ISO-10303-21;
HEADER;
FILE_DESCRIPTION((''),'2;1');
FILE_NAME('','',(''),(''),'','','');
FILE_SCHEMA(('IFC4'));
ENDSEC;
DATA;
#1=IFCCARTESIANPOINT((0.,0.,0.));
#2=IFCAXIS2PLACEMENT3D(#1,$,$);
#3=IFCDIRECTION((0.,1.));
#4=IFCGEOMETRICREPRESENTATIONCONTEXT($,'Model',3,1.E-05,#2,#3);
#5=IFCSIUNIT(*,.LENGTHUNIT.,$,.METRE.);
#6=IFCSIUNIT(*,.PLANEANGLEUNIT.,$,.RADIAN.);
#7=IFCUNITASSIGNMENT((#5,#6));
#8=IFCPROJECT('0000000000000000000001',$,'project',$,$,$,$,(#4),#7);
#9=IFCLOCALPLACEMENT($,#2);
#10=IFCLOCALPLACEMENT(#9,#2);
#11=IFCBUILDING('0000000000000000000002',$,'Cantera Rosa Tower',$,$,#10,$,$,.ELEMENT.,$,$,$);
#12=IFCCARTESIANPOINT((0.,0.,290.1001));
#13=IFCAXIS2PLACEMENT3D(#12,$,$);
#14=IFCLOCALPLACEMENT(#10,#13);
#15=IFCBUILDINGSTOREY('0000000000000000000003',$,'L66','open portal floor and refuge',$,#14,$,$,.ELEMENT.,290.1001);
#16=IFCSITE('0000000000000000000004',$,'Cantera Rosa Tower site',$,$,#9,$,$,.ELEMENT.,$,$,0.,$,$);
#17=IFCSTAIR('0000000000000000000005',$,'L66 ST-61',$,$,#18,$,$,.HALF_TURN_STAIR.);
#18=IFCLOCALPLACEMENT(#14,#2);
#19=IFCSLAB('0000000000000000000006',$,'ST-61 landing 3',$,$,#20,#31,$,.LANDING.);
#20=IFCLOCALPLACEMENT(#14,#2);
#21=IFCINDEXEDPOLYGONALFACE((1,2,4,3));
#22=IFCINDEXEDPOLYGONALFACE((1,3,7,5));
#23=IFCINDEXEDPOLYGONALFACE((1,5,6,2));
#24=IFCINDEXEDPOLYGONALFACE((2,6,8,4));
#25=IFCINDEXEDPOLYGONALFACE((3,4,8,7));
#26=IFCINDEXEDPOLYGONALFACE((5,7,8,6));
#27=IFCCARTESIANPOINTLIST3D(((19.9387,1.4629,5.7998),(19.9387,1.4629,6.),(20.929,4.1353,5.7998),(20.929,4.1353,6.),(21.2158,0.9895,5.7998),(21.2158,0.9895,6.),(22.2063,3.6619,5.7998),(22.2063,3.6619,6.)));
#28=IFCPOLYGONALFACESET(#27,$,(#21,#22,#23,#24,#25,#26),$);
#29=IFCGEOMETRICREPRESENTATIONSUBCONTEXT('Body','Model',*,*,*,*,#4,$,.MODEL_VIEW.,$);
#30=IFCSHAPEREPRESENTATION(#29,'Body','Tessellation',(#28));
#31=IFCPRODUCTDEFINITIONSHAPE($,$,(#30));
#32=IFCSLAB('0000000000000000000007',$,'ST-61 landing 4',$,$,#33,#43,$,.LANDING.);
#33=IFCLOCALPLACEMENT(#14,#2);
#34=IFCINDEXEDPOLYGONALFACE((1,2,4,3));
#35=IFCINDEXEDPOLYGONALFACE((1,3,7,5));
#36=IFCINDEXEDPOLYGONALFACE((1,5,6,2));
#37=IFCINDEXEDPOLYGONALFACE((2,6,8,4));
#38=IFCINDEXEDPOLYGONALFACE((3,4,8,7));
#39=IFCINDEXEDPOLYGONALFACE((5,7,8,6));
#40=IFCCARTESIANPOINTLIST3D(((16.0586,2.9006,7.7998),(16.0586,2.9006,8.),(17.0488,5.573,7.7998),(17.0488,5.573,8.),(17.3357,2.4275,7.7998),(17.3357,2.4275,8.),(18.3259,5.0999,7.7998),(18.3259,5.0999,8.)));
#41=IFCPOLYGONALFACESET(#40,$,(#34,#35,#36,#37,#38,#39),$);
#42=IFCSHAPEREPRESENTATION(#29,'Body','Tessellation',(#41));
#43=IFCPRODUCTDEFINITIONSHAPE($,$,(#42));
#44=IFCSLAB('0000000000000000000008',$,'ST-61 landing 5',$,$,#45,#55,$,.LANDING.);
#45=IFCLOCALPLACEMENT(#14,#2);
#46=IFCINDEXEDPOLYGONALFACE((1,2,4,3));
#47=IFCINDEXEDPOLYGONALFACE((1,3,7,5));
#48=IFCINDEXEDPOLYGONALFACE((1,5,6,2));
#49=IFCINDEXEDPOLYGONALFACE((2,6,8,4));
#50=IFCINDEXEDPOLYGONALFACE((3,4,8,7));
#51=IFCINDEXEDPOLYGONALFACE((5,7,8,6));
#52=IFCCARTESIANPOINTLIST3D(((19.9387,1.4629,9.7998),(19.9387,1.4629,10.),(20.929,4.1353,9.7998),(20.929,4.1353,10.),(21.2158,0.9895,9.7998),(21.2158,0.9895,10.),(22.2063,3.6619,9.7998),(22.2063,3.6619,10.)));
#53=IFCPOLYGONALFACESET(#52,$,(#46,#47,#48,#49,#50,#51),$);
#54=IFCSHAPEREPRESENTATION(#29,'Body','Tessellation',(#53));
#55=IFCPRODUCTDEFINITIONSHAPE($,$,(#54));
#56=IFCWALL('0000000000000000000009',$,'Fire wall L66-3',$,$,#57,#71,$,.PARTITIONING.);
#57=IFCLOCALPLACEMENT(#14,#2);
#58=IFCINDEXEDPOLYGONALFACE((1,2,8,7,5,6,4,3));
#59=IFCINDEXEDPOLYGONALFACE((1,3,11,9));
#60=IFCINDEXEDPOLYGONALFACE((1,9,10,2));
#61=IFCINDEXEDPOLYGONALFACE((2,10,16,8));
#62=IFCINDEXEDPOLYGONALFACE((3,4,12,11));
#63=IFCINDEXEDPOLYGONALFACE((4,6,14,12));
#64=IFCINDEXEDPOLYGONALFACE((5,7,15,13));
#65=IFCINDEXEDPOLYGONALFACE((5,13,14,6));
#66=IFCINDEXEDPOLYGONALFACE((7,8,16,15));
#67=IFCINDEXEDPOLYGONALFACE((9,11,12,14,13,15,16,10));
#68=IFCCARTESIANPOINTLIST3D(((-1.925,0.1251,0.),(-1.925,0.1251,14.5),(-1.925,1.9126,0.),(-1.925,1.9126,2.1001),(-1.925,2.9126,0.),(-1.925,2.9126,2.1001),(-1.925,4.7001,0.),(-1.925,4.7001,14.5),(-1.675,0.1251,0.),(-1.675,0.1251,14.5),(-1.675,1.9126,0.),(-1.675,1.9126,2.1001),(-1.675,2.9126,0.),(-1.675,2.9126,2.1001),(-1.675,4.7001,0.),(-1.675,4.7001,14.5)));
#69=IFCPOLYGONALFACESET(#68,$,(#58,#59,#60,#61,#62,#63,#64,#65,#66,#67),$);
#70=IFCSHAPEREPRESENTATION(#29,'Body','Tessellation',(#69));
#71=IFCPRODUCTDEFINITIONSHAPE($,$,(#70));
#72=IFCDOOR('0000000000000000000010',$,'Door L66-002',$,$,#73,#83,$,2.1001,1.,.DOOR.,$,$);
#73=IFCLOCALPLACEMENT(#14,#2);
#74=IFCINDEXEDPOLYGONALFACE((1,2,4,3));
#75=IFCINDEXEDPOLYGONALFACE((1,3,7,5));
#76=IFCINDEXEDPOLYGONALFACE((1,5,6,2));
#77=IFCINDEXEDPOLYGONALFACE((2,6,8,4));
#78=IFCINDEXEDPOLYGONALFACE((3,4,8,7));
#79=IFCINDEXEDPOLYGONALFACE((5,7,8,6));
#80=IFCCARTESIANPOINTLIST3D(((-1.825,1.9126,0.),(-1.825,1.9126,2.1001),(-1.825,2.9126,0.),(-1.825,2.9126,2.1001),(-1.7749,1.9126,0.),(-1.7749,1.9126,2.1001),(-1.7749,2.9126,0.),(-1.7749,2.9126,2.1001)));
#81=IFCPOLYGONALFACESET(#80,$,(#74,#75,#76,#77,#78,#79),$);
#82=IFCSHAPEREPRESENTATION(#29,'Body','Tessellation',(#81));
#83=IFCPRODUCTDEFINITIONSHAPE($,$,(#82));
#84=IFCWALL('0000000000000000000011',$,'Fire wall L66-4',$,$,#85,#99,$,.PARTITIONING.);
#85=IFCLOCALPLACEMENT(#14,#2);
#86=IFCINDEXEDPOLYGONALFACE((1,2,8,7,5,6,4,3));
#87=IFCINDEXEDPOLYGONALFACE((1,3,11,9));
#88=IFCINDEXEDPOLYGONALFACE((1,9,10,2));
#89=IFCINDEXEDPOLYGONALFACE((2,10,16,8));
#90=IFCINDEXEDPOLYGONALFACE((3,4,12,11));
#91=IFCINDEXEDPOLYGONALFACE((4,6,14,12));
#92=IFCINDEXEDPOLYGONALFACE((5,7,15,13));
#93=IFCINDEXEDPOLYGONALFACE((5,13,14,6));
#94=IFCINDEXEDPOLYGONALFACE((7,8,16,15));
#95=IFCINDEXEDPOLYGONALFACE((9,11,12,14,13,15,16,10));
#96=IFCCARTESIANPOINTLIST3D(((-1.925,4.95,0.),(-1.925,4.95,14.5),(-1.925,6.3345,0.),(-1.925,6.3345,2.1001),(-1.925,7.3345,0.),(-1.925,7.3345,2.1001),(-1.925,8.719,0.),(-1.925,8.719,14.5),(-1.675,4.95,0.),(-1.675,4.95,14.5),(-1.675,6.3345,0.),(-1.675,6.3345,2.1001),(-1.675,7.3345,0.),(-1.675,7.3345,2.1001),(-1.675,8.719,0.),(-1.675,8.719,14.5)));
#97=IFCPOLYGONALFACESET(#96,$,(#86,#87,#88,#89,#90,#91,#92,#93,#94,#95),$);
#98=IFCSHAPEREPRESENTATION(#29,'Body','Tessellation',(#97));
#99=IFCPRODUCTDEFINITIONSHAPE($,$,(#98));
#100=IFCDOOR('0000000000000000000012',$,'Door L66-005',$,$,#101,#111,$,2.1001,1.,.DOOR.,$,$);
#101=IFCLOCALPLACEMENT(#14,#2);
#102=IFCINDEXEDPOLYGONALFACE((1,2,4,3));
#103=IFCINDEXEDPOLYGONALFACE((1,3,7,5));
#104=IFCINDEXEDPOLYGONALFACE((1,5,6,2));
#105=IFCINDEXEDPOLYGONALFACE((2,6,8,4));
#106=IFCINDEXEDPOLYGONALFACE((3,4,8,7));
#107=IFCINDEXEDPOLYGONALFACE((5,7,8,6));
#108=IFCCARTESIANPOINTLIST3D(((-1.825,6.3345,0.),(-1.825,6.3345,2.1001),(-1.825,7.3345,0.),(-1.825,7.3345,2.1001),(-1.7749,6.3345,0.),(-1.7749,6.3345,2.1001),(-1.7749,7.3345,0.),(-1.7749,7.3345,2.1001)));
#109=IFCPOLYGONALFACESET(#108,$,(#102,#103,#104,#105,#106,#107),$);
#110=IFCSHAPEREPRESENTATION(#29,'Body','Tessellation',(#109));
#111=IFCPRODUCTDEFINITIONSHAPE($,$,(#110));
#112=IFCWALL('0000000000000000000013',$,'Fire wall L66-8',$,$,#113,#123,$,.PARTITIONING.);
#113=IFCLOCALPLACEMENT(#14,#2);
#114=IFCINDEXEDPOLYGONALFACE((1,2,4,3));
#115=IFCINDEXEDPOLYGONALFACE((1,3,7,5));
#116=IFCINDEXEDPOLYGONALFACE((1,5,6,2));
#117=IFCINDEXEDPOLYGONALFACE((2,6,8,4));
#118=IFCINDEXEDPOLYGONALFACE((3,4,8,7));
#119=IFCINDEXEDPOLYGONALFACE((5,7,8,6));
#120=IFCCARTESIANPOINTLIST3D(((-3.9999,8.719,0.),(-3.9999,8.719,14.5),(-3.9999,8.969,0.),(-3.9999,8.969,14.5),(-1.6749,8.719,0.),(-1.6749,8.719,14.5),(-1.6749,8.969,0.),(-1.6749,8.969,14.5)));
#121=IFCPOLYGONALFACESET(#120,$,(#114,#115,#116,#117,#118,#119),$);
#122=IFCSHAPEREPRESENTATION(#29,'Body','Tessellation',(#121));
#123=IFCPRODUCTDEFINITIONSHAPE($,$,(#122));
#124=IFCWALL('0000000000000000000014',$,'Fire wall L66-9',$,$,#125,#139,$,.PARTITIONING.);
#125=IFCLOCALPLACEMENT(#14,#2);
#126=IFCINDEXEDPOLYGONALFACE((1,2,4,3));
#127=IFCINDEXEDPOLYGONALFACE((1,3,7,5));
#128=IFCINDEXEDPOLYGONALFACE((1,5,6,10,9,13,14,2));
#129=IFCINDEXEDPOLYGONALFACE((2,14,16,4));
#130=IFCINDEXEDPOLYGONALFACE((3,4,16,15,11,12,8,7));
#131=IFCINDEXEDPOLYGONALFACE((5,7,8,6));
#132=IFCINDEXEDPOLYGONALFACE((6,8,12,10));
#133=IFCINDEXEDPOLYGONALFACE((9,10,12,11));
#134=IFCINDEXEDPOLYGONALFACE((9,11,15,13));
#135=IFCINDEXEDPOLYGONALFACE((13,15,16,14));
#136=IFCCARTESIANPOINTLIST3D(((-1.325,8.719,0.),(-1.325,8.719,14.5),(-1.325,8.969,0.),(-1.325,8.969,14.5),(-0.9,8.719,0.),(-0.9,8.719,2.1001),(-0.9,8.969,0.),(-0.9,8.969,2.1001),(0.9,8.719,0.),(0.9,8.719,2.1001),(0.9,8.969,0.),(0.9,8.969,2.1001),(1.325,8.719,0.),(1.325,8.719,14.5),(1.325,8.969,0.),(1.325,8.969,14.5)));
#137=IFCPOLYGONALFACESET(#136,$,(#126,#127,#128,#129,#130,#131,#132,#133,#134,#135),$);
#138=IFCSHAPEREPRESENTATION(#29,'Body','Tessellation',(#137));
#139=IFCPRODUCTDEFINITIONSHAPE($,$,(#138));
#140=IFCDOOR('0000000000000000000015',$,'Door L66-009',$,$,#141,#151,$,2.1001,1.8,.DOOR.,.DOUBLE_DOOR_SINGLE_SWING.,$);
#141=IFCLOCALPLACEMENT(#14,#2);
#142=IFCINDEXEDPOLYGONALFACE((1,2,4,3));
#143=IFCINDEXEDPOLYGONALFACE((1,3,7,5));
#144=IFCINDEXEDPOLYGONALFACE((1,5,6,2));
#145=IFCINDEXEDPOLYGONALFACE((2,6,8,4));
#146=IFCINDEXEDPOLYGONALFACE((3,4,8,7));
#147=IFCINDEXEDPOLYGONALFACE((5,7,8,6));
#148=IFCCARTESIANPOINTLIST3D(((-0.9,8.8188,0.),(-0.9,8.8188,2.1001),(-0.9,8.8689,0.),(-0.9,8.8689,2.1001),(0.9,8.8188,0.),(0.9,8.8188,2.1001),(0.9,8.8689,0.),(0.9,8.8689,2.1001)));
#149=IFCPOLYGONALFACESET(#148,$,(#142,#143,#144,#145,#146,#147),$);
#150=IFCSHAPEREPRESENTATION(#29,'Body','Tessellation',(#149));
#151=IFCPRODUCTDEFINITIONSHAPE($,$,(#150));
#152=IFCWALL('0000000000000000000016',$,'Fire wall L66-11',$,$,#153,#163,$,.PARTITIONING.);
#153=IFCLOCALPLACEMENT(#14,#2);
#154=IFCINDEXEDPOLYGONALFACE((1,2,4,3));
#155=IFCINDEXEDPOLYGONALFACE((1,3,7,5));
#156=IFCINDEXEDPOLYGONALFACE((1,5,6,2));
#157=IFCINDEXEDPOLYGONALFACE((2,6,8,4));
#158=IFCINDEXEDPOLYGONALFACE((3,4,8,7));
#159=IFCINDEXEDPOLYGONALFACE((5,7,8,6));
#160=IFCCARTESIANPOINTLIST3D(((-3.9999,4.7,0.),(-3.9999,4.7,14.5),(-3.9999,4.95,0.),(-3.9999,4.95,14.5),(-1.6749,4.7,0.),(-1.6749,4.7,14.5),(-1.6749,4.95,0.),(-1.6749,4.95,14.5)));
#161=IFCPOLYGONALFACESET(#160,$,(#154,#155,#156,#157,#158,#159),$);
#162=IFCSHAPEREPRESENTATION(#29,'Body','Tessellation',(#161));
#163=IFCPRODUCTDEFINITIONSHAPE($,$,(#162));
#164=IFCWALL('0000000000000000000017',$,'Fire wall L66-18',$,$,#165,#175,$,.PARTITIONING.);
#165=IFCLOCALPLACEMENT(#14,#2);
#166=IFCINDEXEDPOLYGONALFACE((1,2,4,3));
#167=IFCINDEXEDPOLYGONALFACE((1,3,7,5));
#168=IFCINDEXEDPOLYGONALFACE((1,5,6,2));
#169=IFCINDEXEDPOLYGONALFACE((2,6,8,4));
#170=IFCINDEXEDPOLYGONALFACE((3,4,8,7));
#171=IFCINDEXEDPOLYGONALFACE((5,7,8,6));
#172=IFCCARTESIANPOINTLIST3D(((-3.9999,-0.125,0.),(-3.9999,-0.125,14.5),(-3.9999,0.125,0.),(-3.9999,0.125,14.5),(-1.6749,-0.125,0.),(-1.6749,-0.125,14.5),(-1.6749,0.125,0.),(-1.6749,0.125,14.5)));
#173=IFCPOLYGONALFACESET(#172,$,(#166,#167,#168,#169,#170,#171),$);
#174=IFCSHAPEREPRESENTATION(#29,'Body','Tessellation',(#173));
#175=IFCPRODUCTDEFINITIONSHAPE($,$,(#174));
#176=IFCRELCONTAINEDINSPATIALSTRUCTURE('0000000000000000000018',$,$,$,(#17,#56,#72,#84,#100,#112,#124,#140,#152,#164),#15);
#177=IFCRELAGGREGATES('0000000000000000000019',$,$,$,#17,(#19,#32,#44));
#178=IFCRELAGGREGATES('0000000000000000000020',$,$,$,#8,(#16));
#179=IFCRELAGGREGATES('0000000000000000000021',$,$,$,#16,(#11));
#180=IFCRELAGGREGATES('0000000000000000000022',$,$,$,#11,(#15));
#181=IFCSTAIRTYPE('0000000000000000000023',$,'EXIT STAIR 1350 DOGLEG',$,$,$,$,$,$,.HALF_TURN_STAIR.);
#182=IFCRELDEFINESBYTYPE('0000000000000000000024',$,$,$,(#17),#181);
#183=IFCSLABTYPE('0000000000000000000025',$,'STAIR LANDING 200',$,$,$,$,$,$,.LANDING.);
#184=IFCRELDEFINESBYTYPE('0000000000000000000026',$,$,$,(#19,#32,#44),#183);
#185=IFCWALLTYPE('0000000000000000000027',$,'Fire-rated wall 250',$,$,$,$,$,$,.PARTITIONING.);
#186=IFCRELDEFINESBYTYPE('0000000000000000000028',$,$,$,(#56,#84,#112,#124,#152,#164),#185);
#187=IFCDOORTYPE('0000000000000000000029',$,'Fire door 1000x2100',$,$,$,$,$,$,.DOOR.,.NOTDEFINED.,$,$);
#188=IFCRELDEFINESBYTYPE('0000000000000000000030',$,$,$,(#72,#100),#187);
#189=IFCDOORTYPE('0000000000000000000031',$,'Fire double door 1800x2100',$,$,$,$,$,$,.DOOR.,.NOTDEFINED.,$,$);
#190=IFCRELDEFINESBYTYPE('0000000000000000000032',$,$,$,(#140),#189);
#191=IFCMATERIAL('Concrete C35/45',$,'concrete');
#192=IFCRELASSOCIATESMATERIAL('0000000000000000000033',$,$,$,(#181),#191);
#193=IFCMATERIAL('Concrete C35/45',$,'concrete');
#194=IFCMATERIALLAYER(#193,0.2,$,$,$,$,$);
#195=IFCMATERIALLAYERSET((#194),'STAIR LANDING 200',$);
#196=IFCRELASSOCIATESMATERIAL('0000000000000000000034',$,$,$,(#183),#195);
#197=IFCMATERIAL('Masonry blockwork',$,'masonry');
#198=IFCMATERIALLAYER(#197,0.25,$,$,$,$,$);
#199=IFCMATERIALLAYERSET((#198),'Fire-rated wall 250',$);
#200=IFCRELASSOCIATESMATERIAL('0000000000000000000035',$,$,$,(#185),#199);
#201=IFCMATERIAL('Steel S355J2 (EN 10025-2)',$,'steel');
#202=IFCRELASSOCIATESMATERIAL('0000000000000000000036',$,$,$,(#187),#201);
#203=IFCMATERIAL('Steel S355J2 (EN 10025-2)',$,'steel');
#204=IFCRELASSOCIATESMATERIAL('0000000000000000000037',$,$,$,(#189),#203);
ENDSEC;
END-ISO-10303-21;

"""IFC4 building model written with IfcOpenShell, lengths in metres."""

from ifc_helpers import new_model, si_unit, direction, frame, frame_2d, origin, place, context, subcontext, project, spatial, polyline, rectangle, outline, extrude, material, layer, layer_set, type_object, element, fill, aggregate, save


model = new_model("IFC4")

# Units and contexts
model_context = context("Model", 3, precision=1e-05, world=origin(), true_north=direction((0.0, 1.0)))
body_context = subcontext(model_context, "Body", "Model", "MODEL_VIEW")
ifc_project = project(units=[si_unit("LENGTHUNIT", "METRE"), si_unit("PLANEANGLEUNIT", "RADIAN")], contexts=[model_context])

# Site, building, storey
site_placement = place(None, origin())
site = spatial("IfcSite", under=ifc_project, at=site_placement, Name="Cantera Rosa Tower site", CompositionType="ELEMENT", RefElevation=0.0)
building_placement = place(site_placement, origin())
building = spatial("IfcBuilding", under=site, at=building_placement, Name="Cantera Rosa Tower", CompositionType="ELEMENT")
storey_placement = place(building_placement, frame((0.0, 0.0, 290.1001)))
storey = spatial("IfcBuildingStorey", under=building, at=storey_placement, Name="L66", Description="open portal floor and refuge", CompositionType="ELEMENT", Elevation=290.1001)

# Stair, slabs
ifc_material_1 = material(Name="Concrete C35/45", Category="concrete")
stair_type = type_object("IfcStairType", Name="EXIT STAIR 1350 DOGLEG", PredefinedType="HALF_TURN_STAIR", material=ifc_material_1)
stair_placement = place(storey_placement, origin())
stair = element("IfcStair", 1, at=stair_placement, inside=storey, type_object=stair_type, Name="L66 ST-61", PredefinedType="HALF_TURN_STAIR")
ifc_material_2 = material(Name="Concrete C35/45", Category="concrete")
ifc_layer_1 = layer(ifc_material_2, 0.2)
ifc_layer_set_1 = layer_set([ifc_layer_1], Name="STAIR LANDING 200")
slab_type = type_object("IfcSlabType", Name="STAIR LANDING 200", PredefinedType="LANDING", material=ifc_layer_set_1)
slab_1_placement = place(storey_placement, frame((0.0, 0.0, 5.7998)))
slab_1 = element("IfcSlab", 2, at=slab_1_placement, type_object=slab_type, Name="ST-61 landing 3", PredefinedType="LANDING", context=body_context, shape_type="SweptSolid", body=[
    extrude(outline(polyline([(19.9387, 1.4629), (21.2158, 0.9895), (22.2063, 3.6619), (20.929, 4.1353), (19.9387, 1.4629)])), origin(), (0.0, 0.0, 1.0), 0.2002),
])
slab_2_placement = place(storey_placement, frame((0.0, 0.0, 7.7998)))
slab_2 = element("IfcSlab", 3, at=slab_2_placement, type_object=slab_type, Name="ST-61 landing 4", PredefinedType="LANDING", context=body_context, shape_type="SweptSolid", body=[
    extrude(outline(polyline([(16.0586, 2.9006), (17.3357, 2.4275), (18.3259, 5.0999), (17.0488, 5.573), (16.0586, 2.9006)])), origin(), (0.0, 0.0, 1.0), 0.2002),
])
slab_3_placement = place(storey_placement, frame((0.0, 0.0, 9.7998)))
slab_3 = element("IfcSlab", 4, at=slab_3_placement, type_object=slab_type, Name="ST-61 landing 5", PredefinedType="LANDING", context=body_context, shape_type="SweptSolid", body=[
    extrude(outline(polyline([(19.9387, 1.4629), (21.2158, 0.9895), (22.2063, 3.6619), (20.929, 4.1353), (19.9387, 1.4629)])), origin(), (0.0, 0.0, 1.0), 0.2002),
])
aggregate(stair, [slab_1, slab_2, slab_3])

# Walls, openings, doors
ifc_material_3 = material(Name="Masonry blockwork", Category="masonry")
ifc_layer_2 = layer(ifc_material_3, 0.25)
ifc_layer_set_2 = layer_set([ifc_layer_2], Name="Fire-rated wall 250")
wall_type_1 = type_object("IfcWallType", Name="Fire-rated wall 250", PredefinedType="PARTITIONING", material=ifc_layer_set_2)
wall_1_placement = place(storey_placement, frame((-1.8, 0.125, 0.0), z_axis=(0.0, 0.0, 1.0), x_axis=(0.0, 1.0, 0.0)))
wall_1 = element("IfcWall", 5, at=wall_1_placement, inside=storey, type_object=wall_type_1, Name="Fire wall L66-3", PredefinedType="PARTITIONING", context=body_context, shape_type="SweptSolid", body=[
    extrude(rectangle(XDim=4.575, YDim=0.25, at=frame_2d((2.2876, 0.0))), origin(), (0.0, 0.0, 1.0), 14.5),
])
opening_1_placement = place(wall_1_placement, frame((1.7876, 0.0, 0.0)))
opening_1 = element("IfcOpeningElement", 6, at=opening_1_placement, cuts=wall_1, PredefinedType="OPENING", context=body_context, shape_type="SweptSolid", body=[
    extrude(rectangle(XDim=1.0, YDim=2.1001, at=frame_2d((0.5, 1.05))), frame((0.0, 0.135, 0.0), z_axis=(0.0, -1.0, 0.0), x_axis=(1.0, 0.0, 0.0)), (0.0, 0.0, 1.0), 0.27),
])
ifc_material_4 = material(Name="Steel S355J2 (EN 10025-2)", Category="steel")
door_type_1 = type_object("IfcDoorType", Name="Fire door 1000x2100", OperationType="NOTDEFINED", PredefinedType="DOOR", material=ifc_material_4)
door_1_placement = place(opening_1_placement, origin())
door_1 = element("IfcDoor", 7, at=door_1_placement, inside=storey, type_object=door_type_1, Name="Door L66-002", OverallHeight=2.1001, OverallWidth=1.0, PredefinedType="DOOR", context=body_context, shape_type="SweptSolid", body=[
    extrude(rectangle(XDim=1.0, YDim=2.1001, at=frame_2d((0.5, 1.05))), frame((0.0, 0.0249, 0.0), z_axis=(0.0, -1.0, 0.0), x_axis=(1.0, 0.0, 0.0)), (0.0, 0.0, 1.0), 0.05),
])
fill(opening_1, door_1)
wall_2_placement = place(storey_placement, frame((-1.8, 4.95, 0.0), z_axis=(0.0, 0.0, 1.0), x_axis=(0.0, 1.0, 0.0)))
wall_2 = element("IfcWall", 8, at=wall_2_placement, inside=storey, type_object=wall_type_1, Name="Fire wall L66-4", PredefinedType="PARTITIONING", context=body_context, shape_type="SweptSolid", body=[
    extrude(rectangle(XDim=3.769, YDim=0.25, at=frame_2d((1.8845, 0.0))), origin(), (0.0, 0.0, 1.0), 14.5),
])
opening_2_placement = place(wall_2_placement, frame((1.3845, 0.0, 0.0)))
opening_2 = element("IfcOpeningElement", 9, at=opening_2_placement, cuts=wall_2, PredefinedType="OPENING", context=body_context, shape_type="SweptSolid", body=[
    extrude(rectangle(XDim=1.0, YDim=2.1001, at=frame_2d((0.5, 1.05))), frame((0.0, 0.135, 0.0), z_axis=(0.0, -1.0, 0.0), x_axis=(1.0, 0.0, 0.0)), (0.0, 0.0, 1.0), 0.27),
])
door_2_placement = place(opening_2_placement, origin())
door_2 = element("IfcDoor", 10, at=door_2_placement, inside=storey, type_object=door_type_1, Name="Door L66-005", OverallHeight=2.1001, OverallWidth=1.0, PredefinedType="DOOR", context=body_context, shape_type="SweptSolid", body=[
    extrude(rectangle(XDim=1.0, YDim=2.1001, at=frame_2d((0.5, 1.05))), frame((0.0, 0.0249, 0.0), z_axis=(0.0, -1.0, 0.0), x_axis=(1.0, 0.0, 0.0)), (0.0, 0.0, 1.0), 0.05),
])
fill(opening_2, door_2)

# Wall
wall_3_placement = place(storey_placement, frame((-4.0, 8.844, 0.0), z_axis=(0.0, 0.0, 1.0), x_axis=(1.0, 0.0, 0.0)))
element("IfcWall", 11, at=wall_3_placement, inside=storey, type_object=wall_type_1, Name="Fire wall L66-8", PredefinedType="PARTITIONING", context=body_context, shape_type="SweptSolid", body=[
    extrude(rectangle(XDim=2.325, YDim=0.25, at=frame_2d((1.1626, 0.0))), origin(), (0.0, 0.0, 1.0), 14.5),
])

# Wall, opening, door
wall_4_placement = place(storey_placement, frame((-1.325, 8.844, 0.0), z_axis=(0.0, 0.0, 1.0), x_axis=(1.0, 0.0, 0.0)))
wall_4 = element("IfcWall", 12, at=wall_4_placement, inside=storey, type_object=wall_type_1, Name="Fire wall L66-9", PredefinedType="PARTITIONING", context=body_context, shape_type="SweptSolid", body=[
    extrude(rectangle(XDim=2.6499, YDim=0.25, at=frame_2d((1.325, 0.0))), origin(), (0.0, 0.0, 1.0), 14.5),
])
opening_3_placement = place(wall_4_placement, frame((0.425, 0.0, 0.0)))
opening_3 = element("IfcOpeningElement", 13, at=opening_3_placement, cuts=wall_4, PredefinedType="OPENING", context=body_context, shape_type="SweptSolid", body=[
    extrude(rectangle(XDim=1.8, YDim=2.1001, at=frame_2d((0.8999, 1.05))), frame((0.0, 0.135, 0.0), z_axis=(0.0, -1.0, 0.0), x_axis=(1.0, 0.0, 0.0)), (0.0, 0.0, 1.0), 0.27),
])
ifc_material_5 = material(Name="Steel S355J2 (EN 10025-2)", Category="steel")
door_type_2 = type_object("IfcDoorType", Name="Fire double door 1800x2100", OperationType="NOTDEFINED", PredefinedType="DOOR", material=ifc_material_5)
door_3_placement = place(opening_3_placement, origin())
door_3 = element("IfcDoor", 14, at=door_3_placement, inside=storey, type_object=door_type_2, Name="Door L66-009", OperationType="DOUBLE_DOOR_SINGLE_SWING", OverallHeight=2.1001, OverallWidth=1.8, PredefinedType="DOOR", context=body_context, shape_type="SweptSolid", body=[
    extrude(rectangle(XDim=1.8, YDim=2.1001, at=frame_2d((0.8999, 1.05))), frame((0.0, 0.0249, 0.0), z_axis=(0.0, -1.0, 0.0), x_axis=(1.0, 0.0, 0.0)), (0.0, 0.0, 1.0), 0.05),
])
fill(opening_3, door_3)

# Walls
for number, where, z_axis, x_axis, name in (
    (15, (-4.0, 4.825, 0.0), (0.0, 0.0, 1.0), (1.0, 0.0, 0.0), "Fire wall L66-11"),
    (16, (-4.0, 0.0, 0.0), (0.0, 0.0, 1.0), (1.0, 0.0, 0.0), "Fire wall L66-18"),
):
    element("IfcWall", number, at=place(storey_placement, frame(where, z_axis=z_axis, x_axis=x_axis)), inside=storey, type_object=wall_type_1, Name=name, PredefinedType="PARTITIONING", context=body_context, shape_type="SweptSolid", body=[
        extrude(rectangle(XDim=2.325, YDim=0.25, at=frame_2d((1.1626, 0.0))), origin(), (0.0, 0.0, 1.0), 14.5),
    ])

save(model, "model.ifc")
